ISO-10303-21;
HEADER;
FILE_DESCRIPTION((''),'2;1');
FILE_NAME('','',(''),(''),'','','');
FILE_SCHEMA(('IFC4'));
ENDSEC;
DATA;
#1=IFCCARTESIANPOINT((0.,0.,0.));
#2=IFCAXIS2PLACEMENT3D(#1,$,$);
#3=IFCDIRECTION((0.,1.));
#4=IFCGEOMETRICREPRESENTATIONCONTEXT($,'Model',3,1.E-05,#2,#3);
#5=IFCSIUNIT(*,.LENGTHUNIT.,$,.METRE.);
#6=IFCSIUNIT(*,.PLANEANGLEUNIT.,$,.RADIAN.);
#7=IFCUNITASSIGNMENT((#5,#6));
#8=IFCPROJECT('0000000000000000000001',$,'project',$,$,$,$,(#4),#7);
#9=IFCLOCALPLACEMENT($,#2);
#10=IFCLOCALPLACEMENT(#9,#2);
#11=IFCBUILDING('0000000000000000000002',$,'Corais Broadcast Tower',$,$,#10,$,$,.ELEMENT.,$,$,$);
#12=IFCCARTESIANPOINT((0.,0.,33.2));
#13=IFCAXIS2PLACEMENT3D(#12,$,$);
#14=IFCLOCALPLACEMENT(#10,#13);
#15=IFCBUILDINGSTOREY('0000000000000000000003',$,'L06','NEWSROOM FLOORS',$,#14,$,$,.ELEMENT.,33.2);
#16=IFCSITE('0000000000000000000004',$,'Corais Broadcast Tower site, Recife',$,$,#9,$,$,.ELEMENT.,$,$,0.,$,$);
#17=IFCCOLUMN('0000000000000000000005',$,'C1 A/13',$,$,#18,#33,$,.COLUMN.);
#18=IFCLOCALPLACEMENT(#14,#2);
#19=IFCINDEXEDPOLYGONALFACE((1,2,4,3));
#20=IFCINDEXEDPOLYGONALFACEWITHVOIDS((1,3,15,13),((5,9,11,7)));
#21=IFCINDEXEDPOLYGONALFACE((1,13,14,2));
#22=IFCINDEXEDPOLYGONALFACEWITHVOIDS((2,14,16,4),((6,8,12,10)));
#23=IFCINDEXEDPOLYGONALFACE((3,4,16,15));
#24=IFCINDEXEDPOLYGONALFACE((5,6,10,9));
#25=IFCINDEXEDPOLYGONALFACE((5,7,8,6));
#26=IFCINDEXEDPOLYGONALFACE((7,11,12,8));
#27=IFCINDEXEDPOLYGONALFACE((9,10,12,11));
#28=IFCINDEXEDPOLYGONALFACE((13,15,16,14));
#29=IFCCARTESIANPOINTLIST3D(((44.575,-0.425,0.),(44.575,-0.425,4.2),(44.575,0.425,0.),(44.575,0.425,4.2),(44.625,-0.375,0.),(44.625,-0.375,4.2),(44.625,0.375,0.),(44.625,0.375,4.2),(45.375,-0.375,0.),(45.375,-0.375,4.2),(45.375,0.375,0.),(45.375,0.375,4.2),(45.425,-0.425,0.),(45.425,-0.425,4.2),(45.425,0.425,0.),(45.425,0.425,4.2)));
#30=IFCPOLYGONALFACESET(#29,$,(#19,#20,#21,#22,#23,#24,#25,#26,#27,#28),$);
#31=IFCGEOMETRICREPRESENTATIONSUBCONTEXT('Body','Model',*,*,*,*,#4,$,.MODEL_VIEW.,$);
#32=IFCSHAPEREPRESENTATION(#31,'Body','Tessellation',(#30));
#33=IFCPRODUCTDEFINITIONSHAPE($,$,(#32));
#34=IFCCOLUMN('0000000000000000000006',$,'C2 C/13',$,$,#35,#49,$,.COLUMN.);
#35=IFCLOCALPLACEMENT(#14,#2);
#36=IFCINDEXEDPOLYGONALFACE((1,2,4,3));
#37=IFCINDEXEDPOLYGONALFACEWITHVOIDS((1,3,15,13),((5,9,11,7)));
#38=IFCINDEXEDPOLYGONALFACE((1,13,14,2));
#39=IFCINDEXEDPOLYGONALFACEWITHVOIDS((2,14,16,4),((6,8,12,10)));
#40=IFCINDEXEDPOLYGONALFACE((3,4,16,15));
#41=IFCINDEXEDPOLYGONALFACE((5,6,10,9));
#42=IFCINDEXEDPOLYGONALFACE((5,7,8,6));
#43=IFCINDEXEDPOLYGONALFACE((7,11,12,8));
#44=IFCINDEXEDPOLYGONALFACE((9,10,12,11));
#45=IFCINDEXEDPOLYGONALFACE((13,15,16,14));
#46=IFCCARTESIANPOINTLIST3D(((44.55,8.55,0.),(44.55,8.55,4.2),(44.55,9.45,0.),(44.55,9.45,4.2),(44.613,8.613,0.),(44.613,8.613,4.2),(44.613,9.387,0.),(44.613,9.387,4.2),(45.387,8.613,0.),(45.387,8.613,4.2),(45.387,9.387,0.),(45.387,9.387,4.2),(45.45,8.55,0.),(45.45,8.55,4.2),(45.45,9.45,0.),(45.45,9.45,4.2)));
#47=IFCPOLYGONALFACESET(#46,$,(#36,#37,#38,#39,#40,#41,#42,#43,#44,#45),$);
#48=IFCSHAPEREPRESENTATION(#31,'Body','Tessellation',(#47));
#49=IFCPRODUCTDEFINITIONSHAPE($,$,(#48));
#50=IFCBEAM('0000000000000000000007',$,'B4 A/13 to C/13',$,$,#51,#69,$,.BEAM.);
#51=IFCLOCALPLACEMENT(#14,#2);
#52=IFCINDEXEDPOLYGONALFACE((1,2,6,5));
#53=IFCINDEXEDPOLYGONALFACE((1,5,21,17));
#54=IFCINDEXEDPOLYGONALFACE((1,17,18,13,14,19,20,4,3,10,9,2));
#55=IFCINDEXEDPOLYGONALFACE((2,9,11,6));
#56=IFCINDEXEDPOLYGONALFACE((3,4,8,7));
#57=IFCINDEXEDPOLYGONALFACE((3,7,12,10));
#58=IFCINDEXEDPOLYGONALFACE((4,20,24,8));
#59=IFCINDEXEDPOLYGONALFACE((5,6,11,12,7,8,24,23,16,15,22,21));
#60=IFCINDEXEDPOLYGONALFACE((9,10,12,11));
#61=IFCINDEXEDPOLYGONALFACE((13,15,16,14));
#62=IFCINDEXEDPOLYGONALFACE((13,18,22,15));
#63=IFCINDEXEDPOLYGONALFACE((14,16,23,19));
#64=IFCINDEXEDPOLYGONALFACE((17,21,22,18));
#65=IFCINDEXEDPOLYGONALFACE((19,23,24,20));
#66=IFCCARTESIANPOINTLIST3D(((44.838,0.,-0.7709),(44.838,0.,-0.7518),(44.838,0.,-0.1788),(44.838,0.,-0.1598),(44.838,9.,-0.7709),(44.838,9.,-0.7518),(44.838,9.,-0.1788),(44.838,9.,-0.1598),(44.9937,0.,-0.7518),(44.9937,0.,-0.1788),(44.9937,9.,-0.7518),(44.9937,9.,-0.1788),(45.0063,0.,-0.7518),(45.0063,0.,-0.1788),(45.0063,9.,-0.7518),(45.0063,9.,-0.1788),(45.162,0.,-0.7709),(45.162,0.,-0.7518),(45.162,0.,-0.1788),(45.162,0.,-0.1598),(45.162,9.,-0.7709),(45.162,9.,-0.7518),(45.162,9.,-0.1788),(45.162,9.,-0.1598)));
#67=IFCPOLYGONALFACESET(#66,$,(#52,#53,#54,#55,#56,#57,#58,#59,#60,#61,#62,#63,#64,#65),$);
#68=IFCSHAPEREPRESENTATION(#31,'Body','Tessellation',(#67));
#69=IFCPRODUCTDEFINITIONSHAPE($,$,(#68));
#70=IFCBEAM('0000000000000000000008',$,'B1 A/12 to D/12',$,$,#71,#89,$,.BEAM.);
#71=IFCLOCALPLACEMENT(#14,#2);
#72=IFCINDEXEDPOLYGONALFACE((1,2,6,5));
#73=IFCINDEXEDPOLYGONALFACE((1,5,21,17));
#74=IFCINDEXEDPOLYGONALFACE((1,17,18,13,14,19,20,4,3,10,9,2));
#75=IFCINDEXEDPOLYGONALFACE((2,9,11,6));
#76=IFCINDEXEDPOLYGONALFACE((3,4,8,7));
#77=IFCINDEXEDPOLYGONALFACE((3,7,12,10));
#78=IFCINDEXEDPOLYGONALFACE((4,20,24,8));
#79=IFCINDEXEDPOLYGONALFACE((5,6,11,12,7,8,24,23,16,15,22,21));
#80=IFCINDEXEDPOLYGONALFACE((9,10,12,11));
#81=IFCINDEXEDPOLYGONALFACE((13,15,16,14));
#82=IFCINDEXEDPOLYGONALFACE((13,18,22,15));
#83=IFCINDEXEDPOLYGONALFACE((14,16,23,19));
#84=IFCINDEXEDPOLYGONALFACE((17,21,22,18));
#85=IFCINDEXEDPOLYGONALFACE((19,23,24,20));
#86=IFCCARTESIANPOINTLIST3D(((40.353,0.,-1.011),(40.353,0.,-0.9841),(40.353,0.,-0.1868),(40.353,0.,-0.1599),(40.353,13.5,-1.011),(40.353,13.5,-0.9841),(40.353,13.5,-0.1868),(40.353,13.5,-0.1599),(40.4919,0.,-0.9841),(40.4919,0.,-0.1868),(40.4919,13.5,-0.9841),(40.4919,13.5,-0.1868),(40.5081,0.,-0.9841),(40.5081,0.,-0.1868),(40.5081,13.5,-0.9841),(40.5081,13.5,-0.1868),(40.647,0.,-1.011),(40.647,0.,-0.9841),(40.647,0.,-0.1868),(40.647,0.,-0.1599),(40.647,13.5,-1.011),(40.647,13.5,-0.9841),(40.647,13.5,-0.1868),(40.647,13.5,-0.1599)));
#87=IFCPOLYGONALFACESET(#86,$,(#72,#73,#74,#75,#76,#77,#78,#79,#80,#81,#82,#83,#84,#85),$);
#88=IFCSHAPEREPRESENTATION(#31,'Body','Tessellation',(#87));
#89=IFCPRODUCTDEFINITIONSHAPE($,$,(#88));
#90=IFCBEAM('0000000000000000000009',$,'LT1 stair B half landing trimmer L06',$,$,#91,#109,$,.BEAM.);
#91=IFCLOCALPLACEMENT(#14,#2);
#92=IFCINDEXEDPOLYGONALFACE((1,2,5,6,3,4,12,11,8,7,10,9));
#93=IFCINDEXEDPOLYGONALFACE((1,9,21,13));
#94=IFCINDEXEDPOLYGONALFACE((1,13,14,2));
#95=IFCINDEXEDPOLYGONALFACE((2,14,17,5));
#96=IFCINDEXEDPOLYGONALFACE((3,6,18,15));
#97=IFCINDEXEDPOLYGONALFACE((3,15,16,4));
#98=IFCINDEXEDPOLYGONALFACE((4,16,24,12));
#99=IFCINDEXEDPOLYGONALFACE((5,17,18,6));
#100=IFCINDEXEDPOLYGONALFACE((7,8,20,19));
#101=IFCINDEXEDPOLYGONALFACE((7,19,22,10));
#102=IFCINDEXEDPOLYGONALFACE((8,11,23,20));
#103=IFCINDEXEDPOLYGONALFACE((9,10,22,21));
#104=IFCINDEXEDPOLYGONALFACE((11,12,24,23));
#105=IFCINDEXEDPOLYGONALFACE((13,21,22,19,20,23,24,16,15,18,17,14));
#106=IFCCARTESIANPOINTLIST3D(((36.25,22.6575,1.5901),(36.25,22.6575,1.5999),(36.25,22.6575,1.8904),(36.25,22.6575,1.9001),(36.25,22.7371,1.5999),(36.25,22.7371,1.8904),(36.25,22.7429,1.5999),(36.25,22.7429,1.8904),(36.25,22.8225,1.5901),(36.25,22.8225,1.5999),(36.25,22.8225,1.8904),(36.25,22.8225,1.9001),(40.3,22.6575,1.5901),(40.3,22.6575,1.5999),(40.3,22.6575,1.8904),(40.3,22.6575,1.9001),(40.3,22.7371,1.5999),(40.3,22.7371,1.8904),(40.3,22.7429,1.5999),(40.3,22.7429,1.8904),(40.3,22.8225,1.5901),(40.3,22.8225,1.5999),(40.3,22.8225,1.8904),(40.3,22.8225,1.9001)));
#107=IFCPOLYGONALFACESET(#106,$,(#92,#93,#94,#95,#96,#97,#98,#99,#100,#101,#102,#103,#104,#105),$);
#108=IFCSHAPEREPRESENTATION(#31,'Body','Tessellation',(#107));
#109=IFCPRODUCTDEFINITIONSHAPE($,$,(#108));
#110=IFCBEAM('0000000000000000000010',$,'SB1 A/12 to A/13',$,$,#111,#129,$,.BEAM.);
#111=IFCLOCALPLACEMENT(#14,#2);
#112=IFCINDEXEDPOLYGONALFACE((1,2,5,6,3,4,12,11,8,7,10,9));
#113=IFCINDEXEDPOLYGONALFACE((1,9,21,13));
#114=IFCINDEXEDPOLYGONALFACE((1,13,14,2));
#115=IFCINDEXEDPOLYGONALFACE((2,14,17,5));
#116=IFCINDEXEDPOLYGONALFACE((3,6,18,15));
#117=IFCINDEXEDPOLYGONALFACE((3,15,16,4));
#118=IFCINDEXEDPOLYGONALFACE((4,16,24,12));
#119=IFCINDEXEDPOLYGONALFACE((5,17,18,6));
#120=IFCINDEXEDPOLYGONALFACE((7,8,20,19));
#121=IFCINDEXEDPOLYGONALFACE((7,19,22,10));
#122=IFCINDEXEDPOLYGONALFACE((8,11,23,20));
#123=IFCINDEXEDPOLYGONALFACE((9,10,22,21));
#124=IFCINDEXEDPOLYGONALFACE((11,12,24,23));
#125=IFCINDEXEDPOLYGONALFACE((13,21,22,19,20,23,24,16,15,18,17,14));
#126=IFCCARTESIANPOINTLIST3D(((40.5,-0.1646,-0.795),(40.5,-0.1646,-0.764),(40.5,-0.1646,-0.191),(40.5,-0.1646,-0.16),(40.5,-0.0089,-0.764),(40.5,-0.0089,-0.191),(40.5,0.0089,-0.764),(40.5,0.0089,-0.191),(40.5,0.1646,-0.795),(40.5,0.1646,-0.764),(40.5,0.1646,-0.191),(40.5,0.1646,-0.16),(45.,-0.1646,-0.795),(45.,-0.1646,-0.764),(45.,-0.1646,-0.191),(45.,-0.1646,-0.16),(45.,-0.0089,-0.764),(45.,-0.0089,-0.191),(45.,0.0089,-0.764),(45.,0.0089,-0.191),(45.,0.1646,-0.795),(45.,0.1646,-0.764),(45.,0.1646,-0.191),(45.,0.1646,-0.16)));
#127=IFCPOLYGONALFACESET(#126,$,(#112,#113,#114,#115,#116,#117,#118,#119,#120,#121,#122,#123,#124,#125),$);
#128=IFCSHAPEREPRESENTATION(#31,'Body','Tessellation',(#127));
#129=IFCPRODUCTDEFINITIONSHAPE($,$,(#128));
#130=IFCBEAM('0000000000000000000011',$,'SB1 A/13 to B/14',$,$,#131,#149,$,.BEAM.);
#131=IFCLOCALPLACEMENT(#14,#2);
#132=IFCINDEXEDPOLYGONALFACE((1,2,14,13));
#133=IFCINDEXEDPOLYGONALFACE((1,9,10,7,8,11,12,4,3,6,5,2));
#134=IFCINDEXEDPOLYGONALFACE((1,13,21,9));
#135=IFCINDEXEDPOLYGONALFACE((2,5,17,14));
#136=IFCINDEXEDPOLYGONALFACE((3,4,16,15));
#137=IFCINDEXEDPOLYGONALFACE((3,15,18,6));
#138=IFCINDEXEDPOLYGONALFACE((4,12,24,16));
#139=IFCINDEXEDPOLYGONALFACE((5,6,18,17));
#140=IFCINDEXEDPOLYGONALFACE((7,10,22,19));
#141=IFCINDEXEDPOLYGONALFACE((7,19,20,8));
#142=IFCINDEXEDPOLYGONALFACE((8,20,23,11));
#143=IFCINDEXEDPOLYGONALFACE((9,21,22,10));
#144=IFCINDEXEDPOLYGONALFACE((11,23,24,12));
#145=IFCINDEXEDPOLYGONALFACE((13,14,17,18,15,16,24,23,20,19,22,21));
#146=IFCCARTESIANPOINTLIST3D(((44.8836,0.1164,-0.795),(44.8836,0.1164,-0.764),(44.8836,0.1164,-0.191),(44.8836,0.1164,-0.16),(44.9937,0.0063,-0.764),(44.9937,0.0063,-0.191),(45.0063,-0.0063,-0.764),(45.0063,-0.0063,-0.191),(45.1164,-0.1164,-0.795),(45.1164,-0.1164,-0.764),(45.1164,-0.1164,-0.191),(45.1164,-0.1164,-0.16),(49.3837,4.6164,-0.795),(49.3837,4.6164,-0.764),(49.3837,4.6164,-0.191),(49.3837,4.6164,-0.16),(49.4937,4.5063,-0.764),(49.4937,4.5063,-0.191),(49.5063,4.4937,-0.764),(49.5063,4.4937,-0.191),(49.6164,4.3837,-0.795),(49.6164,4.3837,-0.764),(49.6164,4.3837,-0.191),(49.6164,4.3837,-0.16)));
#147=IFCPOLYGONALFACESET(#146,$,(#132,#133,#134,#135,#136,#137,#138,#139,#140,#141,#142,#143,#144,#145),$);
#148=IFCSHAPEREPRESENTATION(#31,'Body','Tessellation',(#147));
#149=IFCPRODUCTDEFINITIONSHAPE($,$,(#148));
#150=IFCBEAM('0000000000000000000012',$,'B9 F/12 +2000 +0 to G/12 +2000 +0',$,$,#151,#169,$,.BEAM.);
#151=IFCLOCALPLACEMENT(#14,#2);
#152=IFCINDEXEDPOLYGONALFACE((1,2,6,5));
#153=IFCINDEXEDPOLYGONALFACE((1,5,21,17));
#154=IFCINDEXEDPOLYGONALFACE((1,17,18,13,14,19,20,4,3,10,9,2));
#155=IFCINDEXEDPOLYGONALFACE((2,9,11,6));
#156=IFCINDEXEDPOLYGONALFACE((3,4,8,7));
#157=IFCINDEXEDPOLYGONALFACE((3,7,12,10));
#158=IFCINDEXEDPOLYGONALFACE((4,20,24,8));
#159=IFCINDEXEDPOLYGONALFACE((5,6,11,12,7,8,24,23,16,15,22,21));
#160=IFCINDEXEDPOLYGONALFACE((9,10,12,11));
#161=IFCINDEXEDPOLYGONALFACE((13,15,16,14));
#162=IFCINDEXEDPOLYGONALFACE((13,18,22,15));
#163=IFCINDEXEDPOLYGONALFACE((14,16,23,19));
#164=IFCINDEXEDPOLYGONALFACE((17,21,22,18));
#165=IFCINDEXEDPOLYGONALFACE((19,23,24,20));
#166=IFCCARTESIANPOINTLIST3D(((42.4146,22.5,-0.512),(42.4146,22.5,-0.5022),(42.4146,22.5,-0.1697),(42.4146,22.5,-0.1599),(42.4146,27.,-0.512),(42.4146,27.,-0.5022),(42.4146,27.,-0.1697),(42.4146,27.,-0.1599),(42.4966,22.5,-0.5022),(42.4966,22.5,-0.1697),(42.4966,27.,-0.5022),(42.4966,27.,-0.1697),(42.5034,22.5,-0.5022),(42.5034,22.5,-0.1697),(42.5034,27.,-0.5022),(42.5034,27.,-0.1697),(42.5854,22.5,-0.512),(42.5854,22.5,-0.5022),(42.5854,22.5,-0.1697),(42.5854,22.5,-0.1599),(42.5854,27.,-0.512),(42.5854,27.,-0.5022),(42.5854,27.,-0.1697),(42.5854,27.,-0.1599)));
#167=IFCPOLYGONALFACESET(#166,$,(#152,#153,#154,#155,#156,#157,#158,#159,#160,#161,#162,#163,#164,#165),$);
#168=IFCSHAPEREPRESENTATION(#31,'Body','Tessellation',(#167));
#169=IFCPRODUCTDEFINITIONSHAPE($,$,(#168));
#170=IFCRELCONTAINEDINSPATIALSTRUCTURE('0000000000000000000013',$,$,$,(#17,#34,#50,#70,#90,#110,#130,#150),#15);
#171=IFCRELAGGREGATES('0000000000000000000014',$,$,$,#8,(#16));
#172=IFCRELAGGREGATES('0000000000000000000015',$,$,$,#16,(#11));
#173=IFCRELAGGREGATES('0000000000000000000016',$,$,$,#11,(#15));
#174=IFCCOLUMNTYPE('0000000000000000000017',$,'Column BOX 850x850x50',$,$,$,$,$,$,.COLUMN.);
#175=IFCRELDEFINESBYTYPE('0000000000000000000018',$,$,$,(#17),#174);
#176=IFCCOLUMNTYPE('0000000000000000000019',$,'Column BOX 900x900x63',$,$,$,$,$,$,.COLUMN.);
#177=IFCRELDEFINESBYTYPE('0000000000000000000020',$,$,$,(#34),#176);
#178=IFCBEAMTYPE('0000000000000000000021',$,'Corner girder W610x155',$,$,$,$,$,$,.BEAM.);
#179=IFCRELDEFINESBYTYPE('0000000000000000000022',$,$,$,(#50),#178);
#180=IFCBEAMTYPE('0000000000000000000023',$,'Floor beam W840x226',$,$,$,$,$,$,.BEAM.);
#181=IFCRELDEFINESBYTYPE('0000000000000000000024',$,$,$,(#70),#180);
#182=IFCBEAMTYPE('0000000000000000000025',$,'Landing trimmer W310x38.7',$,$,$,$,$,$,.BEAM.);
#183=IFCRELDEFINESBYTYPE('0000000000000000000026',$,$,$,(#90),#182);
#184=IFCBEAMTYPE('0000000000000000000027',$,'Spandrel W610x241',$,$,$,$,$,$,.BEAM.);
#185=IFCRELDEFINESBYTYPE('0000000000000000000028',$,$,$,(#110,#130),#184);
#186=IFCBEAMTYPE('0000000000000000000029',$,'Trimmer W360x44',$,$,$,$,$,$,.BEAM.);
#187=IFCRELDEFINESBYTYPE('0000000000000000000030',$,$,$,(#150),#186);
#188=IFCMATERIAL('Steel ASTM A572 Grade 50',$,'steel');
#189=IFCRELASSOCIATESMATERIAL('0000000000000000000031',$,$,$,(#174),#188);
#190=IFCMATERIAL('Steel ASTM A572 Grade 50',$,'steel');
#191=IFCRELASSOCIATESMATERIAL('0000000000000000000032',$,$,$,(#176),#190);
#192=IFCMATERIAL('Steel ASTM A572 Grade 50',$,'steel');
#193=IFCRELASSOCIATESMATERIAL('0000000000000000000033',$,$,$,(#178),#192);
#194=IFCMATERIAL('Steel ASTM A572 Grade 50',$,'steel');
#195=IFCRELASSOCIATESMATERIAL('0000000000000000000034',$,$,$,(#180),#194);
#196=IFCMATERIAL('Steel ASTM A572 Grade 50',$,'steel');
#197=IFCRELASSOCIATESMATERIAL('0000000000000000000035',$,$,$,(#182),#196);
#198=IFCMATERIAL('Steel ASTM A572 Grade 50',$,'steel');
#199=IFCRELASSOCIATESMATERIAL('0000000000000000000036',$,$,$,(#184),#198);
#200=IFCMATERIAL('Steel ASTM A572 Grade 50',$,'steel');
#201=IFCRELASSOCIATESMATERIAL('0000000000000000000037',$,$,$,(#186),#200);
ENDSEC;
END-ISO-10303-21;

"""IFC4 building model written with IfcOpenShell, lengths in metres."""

from ifc_helpers import new_model, si_unit, direction, frame, origin, origin_2d, place, context, subcontext, project, spatial, hollow_rectangle, i_section, extrude, material, material_profile, profile_set, type_object, element, save


model = new_model("IFC4")

# Units and contexts
model_context = context("Model", 3, precision=1e-05, world=origin(), true_north=direction((0.0, 1.0)))
body_context = subcontext(model_context, "Body", "Model", "MODEL_VIEW")
ifc_project = project(units=[si_unit("LENGTHUNIT", "METRE"), si_unit("PLANEANGLEUNIT", "RADIAN")], contexts=[model_context])

# Site, building, storey
site_placement = place(None, origin())
site = spatial("IfcSite", under=ifc_project, at=site_placement, Name="Corais Broadcast Tower site, Recife", CompositionType="ELEMENT", RefElevation=0.0)
building_placement = place(site_placement, origin())
building = spatial("IfcBuilding", under=site, at=building_placement, Name="Corais Broadcast Tower", CompositionType="ELEMENT")
storey_placement = place(building_placement, frame((0.0, 0.0, 33.2)))
storey = spatial("IfcBuildingStorey", under=building, at=storey_placement, Name="L06", Description="NEWSROOM FLOORS", CompositionType="ELEMENT", Elevation=33.2)

# Columns
ifc_material_1 = material(Name="Steel ASTM A572 Grade 50", Category="steel")
ifc_material_profile_1 = material_profile(ifc_material_1, hollow_rectangle(XDim=0.8501, YDim=0.8501, WallThickness=0.05, at=origin_2d()), Name="BOX 850x850x50")
ifc_profile_set_1 = profile_set([ifc_material_profile_1], Name="Steel ASTM A572 Grade 50")
column_type_1 = type_object("IfcColumnType", Name="Column BOX 850x850x50", PredefinedType="COLUMN", material=ifc_profile_set_1)
column_1_placement = place(storey_placement, frame((45.0, 0.0, 0.0), z_axis=(0.0, 0.0, 1.0), x_axis=(1.0, 0.0, 0.0)))
element("IfcColumn", 1, at=column_1_placement, inside=storey, type_object=column_type_1, Name="C1 A/13", PredefinedType="COLUMN", context=body_context, shape_type="SweptSolid", body=[
    extrude(hollow_rectangle(XDim=0.8501, YDim=0.8501, WallThickness=0.05, at=origin_2d()), origin(), (0.0, 0.0, 1.0), 4.2),
])
ifc_material_2 = material(Name="Steel ASTM A572 Grade 50", Category="steel")
ifc_material_profile_2 = material_profile(ifc_material_2, hollow_rectangle(XDim=0.8999, YDim=0.8999, WallThickness=0.063, at=origin_2d()), Name="BOX 900x900x63")
ifc_profile_set_2 = profile_set([ifc_material_profile_2], Name="Steel ASTM A572 Grade 50")
column_type_2 = type_object("IfcColumnType", Name="Column BOX 900x900x63", PredefinedType="COLUMN", material=ifc_profile_set_2)
column_2_placement = place(storey_placement, frame((45.0, 9.0, 0.0), z_axis=(0.0, 0.0, 1.0), x_axis=(1.0, 0.0, 0.0)))
element("IfcColumn", 2, at=column_2_placement, inside=storey, type_object=column_type_2, Name="C2 C/13", PredefinedType="COLUMN", context=body_context, shape_type="SweptSolid", body=[
    extrude(hollow_rectangle(XDim=0.8999, YDim=0.8999, WallThickness=0.063, at=origin_2d()), origin(), (0.0, 0.0, 1.0), 4.2),
])

# Beams
ifc_material_3 = material(Name="Steel ASTM A572 Grade 50", Category="steel")
ifc_material_profile_3 = material_profile(ifc_material_3, i_section(OverallWidth=0.324, OverallDepth=0.6111, WebThickness=0.0127, FlangeThickness=0.019, at=origin_2d()), Name="W610x155")
ifc_profile_set_3 = profile_set([ifc_material_profile_3], Name="Steel ASTM A572 Grade 50")
beam_type_1 = type_object("IfcBeamType", Name="Corner girder W610x155", PredefinedType="BEAM", material=ifc_profile_set_3)
beam_1_placement = place(storey_placement, frame((45.0, 0.0, -0.4653), z_axis=(0.0, 1.0, 0.0), x_axis=(-1.0, 0.0, 0.0)))
element("IfcBeam", 3, at=beam_1_placement, inside=storey, type_object=beam_type_1, Name="B4 A/13 to C/13", PredefinedType="BEAM", context=body_context, shape_type="SweptSolid", body=[
    extrude(i_section(OverallWidth=0.324, OverallDepth=0.6111, WebThickness=0.0127, FlangeThickness=0.019, at=origin_2d()), origin(), (0.0, 0.0, 1.0), 9.0),
])
ifc_material_4 = material(Name="Steel ASTM A572 Grade 50", Category="steel")
ifc_material_profile_4 = material_profile(ifc_material_4, i_section(OverallWidth=0.2939, OverallDepth=0.8511, WebThickness=0.0161, FlangeThickness=0.0269, at=origin_2d()), Name="W840x226")
ifc_profile_set_4 = profile_set([ifc_material_profile_4], Name="Steel ASTM A572 Grade 50")
beam_type_2 = type_object("IfcBeamType", Name="Floor beam W840x226", PredefinedType="BEAM", material=ifc_profile_set_4)
beam_2_placement = place(storey_placement, frame((40.5, 0.0, -0.5854), z_axis=(0.0, 1.0, 0.0), x_axis=(-1.0, 0.0, 0.0)))
element("IfcBeam", 4, at=beam_2_placement, inside=storey, type_object=beam_type_2, Name="B1 A/12 to D/12", PredefinedType="BEAM", context=body_context, shape_type="SweptSolid", body=[
    extrude(i_section(OverallWidth=0.2939, OverallDepth=0.8511, WebThickness=0.0161, FlangeThickness=0.0269, at=origin_2d()), origin(), (0.0, 0.0, 1.0), 13.5),
])
ifc_material_5 = material(Name="Steel ASTM A572 Grade 50", Category="steel")
ifc_material_profile_5 = material_profile(ifc_material_5, i_section(OverallWidth=0.165, OverallDepth=0.3101, WebThickness=0.0059, FlangeThickness=0.0098, at=origin_2d()), Name="W310x38.7")
ifc_profile_set_5 = profile_set([ifc_material_profile_5], Name="Steel ASTM A572 Grade 50")
beam_type_3 = type_object("IfcBeamType", Name="Landing trimmer W310x38.7", PredefinedType="BEAM", material=ifc_profile_set_5)
beam_3_placement = place(storey_placement, frame((36.25, 22.74, 1.7451), z_axis=(1.0, 0.0, 0.0), x_axis=(0.0, 1.0, 0.0)))
element("IfcBeam", 5, at=beam_3_placement, inside=storey, type_object=beam_type_3, Name="LT1 stair B half landing trimmer L06", PredefinedType="BEAM", context=body_context, shape_type="SweptSolid", body=[
    extrude(i_section(OverallWidth=0.165, OverallDepth=0.3101, WebThickness=0.0059, FlangeThickness=0.0098, at=origin_2d()), origin(), (0.0, 0.0, 1.0), 4.05),
])
ifc_material_6 = material(Name="Steel ASTM A572 Grade 50", Category="steel")
ifc_material_profile_6 = material_profile(ifc_material_6, i_section(OverallWidth=0.3291, OverallDepth=0.635, WebThickness=0.0178, FlangeThickness=0.031, at=origin_2d()), Name="W610x241")
ifc_profile_set_6 = profile_set([ifc_material_profile_6], Name="Steel ASTM A572 Grade 50")
beam_type_4 = type_object("IfcBeamType", Name="Spandrel W610x241", PredefinedType="BEAM", material=ifc_profile_set_6)
beam_4_placement = place(storey_placement, frame((40.5, 0.0, -0.4775), z_axis=(1.0, 0.0, 0.0), x_axis=(0.0, 1.0, 0.0)))
element("IfcBeam", 6, at=beam_4_placement, inside=storey, type_object=beam_type_4, Name="SB1 A/12 to A/13", PredefinedType="BEAM", context=body_context, shape_type="SweptSolid", body=[
    extrude(i_section(OverallWidth=0.3291, OverallDepth=0.635, WebThickness=0.0178, FlangeThickness=0.031, at=origin_2d()), origin(), (0.0, 0.0, 1.0), 4.5),
])
beam_5_placement = place(storey_placement, frame((45.0, 0.0, -0.4775), z_axis=(0.707107, 0.707107, 0.0), x_axis=(-0.707107, 0.707107, 0.0)))
element("IfcBeam", 7, at=beam_5_placement, inside=storey, type_object=beam_type_4, Name="SB1 A/13 to B/14", PredefinedType="BEAM", context=body_context, shape_type="SweptSolid", body=[
    extrude(i_section(OverallWidth=0.3291, OverallDepth=0.635, WebThickness=0.0178, FlangeThickness=0.031, at=origin_2d()), origin(), (0.0, 0.0, 1.0), 6.364),
])
ifc_material_7 = material(Name="Steel ASTM A572 Grade 50", Category="steel")
ifc_material_profile_7 = material_profile(ifc_material_7, i_section(OverallWidth=0.1709, OverallDepth=0.3521, WebThickness=0.0068, FlangeThickness=0.0098, at=origin_2d()), Name="W360x44")
ifc_profile_set_7 = profile_set([ifc_material_profile_7], Name="Steel ASTM A572 Grade 50")
beam_type_5 = type_object("IfcBeamType", Name="Trimmer W360x44", PredefinedType="BEAM", material=ifc_profile_set_7)
beam_6_placement = place(storey_placement, frame((42.5, 22.5, -0.3359), z_axis=(0.0, 1.0, 0.0), x_axis=(-1.0, 0.0, 0.0)))
element("IfcBeam", 8, at=beam_6_placement, inside=storey, type_object=beam_type_5, Name="B9 F/12 +2000 +0 to G/12 +2000 +0", PredefinedType="BEAM", context=body_context, shape_type="SweptSolid", body=[
    extrude(i_section(OverallWidth=0.1709, OverallDepth=0.3521, WebThickness=0.0068, FlangeThickness=0.0098, at=origin_2d()), origin(), (0.0, 0.0, 1.0), 4.5),
])

save(model, "model.ifc")
